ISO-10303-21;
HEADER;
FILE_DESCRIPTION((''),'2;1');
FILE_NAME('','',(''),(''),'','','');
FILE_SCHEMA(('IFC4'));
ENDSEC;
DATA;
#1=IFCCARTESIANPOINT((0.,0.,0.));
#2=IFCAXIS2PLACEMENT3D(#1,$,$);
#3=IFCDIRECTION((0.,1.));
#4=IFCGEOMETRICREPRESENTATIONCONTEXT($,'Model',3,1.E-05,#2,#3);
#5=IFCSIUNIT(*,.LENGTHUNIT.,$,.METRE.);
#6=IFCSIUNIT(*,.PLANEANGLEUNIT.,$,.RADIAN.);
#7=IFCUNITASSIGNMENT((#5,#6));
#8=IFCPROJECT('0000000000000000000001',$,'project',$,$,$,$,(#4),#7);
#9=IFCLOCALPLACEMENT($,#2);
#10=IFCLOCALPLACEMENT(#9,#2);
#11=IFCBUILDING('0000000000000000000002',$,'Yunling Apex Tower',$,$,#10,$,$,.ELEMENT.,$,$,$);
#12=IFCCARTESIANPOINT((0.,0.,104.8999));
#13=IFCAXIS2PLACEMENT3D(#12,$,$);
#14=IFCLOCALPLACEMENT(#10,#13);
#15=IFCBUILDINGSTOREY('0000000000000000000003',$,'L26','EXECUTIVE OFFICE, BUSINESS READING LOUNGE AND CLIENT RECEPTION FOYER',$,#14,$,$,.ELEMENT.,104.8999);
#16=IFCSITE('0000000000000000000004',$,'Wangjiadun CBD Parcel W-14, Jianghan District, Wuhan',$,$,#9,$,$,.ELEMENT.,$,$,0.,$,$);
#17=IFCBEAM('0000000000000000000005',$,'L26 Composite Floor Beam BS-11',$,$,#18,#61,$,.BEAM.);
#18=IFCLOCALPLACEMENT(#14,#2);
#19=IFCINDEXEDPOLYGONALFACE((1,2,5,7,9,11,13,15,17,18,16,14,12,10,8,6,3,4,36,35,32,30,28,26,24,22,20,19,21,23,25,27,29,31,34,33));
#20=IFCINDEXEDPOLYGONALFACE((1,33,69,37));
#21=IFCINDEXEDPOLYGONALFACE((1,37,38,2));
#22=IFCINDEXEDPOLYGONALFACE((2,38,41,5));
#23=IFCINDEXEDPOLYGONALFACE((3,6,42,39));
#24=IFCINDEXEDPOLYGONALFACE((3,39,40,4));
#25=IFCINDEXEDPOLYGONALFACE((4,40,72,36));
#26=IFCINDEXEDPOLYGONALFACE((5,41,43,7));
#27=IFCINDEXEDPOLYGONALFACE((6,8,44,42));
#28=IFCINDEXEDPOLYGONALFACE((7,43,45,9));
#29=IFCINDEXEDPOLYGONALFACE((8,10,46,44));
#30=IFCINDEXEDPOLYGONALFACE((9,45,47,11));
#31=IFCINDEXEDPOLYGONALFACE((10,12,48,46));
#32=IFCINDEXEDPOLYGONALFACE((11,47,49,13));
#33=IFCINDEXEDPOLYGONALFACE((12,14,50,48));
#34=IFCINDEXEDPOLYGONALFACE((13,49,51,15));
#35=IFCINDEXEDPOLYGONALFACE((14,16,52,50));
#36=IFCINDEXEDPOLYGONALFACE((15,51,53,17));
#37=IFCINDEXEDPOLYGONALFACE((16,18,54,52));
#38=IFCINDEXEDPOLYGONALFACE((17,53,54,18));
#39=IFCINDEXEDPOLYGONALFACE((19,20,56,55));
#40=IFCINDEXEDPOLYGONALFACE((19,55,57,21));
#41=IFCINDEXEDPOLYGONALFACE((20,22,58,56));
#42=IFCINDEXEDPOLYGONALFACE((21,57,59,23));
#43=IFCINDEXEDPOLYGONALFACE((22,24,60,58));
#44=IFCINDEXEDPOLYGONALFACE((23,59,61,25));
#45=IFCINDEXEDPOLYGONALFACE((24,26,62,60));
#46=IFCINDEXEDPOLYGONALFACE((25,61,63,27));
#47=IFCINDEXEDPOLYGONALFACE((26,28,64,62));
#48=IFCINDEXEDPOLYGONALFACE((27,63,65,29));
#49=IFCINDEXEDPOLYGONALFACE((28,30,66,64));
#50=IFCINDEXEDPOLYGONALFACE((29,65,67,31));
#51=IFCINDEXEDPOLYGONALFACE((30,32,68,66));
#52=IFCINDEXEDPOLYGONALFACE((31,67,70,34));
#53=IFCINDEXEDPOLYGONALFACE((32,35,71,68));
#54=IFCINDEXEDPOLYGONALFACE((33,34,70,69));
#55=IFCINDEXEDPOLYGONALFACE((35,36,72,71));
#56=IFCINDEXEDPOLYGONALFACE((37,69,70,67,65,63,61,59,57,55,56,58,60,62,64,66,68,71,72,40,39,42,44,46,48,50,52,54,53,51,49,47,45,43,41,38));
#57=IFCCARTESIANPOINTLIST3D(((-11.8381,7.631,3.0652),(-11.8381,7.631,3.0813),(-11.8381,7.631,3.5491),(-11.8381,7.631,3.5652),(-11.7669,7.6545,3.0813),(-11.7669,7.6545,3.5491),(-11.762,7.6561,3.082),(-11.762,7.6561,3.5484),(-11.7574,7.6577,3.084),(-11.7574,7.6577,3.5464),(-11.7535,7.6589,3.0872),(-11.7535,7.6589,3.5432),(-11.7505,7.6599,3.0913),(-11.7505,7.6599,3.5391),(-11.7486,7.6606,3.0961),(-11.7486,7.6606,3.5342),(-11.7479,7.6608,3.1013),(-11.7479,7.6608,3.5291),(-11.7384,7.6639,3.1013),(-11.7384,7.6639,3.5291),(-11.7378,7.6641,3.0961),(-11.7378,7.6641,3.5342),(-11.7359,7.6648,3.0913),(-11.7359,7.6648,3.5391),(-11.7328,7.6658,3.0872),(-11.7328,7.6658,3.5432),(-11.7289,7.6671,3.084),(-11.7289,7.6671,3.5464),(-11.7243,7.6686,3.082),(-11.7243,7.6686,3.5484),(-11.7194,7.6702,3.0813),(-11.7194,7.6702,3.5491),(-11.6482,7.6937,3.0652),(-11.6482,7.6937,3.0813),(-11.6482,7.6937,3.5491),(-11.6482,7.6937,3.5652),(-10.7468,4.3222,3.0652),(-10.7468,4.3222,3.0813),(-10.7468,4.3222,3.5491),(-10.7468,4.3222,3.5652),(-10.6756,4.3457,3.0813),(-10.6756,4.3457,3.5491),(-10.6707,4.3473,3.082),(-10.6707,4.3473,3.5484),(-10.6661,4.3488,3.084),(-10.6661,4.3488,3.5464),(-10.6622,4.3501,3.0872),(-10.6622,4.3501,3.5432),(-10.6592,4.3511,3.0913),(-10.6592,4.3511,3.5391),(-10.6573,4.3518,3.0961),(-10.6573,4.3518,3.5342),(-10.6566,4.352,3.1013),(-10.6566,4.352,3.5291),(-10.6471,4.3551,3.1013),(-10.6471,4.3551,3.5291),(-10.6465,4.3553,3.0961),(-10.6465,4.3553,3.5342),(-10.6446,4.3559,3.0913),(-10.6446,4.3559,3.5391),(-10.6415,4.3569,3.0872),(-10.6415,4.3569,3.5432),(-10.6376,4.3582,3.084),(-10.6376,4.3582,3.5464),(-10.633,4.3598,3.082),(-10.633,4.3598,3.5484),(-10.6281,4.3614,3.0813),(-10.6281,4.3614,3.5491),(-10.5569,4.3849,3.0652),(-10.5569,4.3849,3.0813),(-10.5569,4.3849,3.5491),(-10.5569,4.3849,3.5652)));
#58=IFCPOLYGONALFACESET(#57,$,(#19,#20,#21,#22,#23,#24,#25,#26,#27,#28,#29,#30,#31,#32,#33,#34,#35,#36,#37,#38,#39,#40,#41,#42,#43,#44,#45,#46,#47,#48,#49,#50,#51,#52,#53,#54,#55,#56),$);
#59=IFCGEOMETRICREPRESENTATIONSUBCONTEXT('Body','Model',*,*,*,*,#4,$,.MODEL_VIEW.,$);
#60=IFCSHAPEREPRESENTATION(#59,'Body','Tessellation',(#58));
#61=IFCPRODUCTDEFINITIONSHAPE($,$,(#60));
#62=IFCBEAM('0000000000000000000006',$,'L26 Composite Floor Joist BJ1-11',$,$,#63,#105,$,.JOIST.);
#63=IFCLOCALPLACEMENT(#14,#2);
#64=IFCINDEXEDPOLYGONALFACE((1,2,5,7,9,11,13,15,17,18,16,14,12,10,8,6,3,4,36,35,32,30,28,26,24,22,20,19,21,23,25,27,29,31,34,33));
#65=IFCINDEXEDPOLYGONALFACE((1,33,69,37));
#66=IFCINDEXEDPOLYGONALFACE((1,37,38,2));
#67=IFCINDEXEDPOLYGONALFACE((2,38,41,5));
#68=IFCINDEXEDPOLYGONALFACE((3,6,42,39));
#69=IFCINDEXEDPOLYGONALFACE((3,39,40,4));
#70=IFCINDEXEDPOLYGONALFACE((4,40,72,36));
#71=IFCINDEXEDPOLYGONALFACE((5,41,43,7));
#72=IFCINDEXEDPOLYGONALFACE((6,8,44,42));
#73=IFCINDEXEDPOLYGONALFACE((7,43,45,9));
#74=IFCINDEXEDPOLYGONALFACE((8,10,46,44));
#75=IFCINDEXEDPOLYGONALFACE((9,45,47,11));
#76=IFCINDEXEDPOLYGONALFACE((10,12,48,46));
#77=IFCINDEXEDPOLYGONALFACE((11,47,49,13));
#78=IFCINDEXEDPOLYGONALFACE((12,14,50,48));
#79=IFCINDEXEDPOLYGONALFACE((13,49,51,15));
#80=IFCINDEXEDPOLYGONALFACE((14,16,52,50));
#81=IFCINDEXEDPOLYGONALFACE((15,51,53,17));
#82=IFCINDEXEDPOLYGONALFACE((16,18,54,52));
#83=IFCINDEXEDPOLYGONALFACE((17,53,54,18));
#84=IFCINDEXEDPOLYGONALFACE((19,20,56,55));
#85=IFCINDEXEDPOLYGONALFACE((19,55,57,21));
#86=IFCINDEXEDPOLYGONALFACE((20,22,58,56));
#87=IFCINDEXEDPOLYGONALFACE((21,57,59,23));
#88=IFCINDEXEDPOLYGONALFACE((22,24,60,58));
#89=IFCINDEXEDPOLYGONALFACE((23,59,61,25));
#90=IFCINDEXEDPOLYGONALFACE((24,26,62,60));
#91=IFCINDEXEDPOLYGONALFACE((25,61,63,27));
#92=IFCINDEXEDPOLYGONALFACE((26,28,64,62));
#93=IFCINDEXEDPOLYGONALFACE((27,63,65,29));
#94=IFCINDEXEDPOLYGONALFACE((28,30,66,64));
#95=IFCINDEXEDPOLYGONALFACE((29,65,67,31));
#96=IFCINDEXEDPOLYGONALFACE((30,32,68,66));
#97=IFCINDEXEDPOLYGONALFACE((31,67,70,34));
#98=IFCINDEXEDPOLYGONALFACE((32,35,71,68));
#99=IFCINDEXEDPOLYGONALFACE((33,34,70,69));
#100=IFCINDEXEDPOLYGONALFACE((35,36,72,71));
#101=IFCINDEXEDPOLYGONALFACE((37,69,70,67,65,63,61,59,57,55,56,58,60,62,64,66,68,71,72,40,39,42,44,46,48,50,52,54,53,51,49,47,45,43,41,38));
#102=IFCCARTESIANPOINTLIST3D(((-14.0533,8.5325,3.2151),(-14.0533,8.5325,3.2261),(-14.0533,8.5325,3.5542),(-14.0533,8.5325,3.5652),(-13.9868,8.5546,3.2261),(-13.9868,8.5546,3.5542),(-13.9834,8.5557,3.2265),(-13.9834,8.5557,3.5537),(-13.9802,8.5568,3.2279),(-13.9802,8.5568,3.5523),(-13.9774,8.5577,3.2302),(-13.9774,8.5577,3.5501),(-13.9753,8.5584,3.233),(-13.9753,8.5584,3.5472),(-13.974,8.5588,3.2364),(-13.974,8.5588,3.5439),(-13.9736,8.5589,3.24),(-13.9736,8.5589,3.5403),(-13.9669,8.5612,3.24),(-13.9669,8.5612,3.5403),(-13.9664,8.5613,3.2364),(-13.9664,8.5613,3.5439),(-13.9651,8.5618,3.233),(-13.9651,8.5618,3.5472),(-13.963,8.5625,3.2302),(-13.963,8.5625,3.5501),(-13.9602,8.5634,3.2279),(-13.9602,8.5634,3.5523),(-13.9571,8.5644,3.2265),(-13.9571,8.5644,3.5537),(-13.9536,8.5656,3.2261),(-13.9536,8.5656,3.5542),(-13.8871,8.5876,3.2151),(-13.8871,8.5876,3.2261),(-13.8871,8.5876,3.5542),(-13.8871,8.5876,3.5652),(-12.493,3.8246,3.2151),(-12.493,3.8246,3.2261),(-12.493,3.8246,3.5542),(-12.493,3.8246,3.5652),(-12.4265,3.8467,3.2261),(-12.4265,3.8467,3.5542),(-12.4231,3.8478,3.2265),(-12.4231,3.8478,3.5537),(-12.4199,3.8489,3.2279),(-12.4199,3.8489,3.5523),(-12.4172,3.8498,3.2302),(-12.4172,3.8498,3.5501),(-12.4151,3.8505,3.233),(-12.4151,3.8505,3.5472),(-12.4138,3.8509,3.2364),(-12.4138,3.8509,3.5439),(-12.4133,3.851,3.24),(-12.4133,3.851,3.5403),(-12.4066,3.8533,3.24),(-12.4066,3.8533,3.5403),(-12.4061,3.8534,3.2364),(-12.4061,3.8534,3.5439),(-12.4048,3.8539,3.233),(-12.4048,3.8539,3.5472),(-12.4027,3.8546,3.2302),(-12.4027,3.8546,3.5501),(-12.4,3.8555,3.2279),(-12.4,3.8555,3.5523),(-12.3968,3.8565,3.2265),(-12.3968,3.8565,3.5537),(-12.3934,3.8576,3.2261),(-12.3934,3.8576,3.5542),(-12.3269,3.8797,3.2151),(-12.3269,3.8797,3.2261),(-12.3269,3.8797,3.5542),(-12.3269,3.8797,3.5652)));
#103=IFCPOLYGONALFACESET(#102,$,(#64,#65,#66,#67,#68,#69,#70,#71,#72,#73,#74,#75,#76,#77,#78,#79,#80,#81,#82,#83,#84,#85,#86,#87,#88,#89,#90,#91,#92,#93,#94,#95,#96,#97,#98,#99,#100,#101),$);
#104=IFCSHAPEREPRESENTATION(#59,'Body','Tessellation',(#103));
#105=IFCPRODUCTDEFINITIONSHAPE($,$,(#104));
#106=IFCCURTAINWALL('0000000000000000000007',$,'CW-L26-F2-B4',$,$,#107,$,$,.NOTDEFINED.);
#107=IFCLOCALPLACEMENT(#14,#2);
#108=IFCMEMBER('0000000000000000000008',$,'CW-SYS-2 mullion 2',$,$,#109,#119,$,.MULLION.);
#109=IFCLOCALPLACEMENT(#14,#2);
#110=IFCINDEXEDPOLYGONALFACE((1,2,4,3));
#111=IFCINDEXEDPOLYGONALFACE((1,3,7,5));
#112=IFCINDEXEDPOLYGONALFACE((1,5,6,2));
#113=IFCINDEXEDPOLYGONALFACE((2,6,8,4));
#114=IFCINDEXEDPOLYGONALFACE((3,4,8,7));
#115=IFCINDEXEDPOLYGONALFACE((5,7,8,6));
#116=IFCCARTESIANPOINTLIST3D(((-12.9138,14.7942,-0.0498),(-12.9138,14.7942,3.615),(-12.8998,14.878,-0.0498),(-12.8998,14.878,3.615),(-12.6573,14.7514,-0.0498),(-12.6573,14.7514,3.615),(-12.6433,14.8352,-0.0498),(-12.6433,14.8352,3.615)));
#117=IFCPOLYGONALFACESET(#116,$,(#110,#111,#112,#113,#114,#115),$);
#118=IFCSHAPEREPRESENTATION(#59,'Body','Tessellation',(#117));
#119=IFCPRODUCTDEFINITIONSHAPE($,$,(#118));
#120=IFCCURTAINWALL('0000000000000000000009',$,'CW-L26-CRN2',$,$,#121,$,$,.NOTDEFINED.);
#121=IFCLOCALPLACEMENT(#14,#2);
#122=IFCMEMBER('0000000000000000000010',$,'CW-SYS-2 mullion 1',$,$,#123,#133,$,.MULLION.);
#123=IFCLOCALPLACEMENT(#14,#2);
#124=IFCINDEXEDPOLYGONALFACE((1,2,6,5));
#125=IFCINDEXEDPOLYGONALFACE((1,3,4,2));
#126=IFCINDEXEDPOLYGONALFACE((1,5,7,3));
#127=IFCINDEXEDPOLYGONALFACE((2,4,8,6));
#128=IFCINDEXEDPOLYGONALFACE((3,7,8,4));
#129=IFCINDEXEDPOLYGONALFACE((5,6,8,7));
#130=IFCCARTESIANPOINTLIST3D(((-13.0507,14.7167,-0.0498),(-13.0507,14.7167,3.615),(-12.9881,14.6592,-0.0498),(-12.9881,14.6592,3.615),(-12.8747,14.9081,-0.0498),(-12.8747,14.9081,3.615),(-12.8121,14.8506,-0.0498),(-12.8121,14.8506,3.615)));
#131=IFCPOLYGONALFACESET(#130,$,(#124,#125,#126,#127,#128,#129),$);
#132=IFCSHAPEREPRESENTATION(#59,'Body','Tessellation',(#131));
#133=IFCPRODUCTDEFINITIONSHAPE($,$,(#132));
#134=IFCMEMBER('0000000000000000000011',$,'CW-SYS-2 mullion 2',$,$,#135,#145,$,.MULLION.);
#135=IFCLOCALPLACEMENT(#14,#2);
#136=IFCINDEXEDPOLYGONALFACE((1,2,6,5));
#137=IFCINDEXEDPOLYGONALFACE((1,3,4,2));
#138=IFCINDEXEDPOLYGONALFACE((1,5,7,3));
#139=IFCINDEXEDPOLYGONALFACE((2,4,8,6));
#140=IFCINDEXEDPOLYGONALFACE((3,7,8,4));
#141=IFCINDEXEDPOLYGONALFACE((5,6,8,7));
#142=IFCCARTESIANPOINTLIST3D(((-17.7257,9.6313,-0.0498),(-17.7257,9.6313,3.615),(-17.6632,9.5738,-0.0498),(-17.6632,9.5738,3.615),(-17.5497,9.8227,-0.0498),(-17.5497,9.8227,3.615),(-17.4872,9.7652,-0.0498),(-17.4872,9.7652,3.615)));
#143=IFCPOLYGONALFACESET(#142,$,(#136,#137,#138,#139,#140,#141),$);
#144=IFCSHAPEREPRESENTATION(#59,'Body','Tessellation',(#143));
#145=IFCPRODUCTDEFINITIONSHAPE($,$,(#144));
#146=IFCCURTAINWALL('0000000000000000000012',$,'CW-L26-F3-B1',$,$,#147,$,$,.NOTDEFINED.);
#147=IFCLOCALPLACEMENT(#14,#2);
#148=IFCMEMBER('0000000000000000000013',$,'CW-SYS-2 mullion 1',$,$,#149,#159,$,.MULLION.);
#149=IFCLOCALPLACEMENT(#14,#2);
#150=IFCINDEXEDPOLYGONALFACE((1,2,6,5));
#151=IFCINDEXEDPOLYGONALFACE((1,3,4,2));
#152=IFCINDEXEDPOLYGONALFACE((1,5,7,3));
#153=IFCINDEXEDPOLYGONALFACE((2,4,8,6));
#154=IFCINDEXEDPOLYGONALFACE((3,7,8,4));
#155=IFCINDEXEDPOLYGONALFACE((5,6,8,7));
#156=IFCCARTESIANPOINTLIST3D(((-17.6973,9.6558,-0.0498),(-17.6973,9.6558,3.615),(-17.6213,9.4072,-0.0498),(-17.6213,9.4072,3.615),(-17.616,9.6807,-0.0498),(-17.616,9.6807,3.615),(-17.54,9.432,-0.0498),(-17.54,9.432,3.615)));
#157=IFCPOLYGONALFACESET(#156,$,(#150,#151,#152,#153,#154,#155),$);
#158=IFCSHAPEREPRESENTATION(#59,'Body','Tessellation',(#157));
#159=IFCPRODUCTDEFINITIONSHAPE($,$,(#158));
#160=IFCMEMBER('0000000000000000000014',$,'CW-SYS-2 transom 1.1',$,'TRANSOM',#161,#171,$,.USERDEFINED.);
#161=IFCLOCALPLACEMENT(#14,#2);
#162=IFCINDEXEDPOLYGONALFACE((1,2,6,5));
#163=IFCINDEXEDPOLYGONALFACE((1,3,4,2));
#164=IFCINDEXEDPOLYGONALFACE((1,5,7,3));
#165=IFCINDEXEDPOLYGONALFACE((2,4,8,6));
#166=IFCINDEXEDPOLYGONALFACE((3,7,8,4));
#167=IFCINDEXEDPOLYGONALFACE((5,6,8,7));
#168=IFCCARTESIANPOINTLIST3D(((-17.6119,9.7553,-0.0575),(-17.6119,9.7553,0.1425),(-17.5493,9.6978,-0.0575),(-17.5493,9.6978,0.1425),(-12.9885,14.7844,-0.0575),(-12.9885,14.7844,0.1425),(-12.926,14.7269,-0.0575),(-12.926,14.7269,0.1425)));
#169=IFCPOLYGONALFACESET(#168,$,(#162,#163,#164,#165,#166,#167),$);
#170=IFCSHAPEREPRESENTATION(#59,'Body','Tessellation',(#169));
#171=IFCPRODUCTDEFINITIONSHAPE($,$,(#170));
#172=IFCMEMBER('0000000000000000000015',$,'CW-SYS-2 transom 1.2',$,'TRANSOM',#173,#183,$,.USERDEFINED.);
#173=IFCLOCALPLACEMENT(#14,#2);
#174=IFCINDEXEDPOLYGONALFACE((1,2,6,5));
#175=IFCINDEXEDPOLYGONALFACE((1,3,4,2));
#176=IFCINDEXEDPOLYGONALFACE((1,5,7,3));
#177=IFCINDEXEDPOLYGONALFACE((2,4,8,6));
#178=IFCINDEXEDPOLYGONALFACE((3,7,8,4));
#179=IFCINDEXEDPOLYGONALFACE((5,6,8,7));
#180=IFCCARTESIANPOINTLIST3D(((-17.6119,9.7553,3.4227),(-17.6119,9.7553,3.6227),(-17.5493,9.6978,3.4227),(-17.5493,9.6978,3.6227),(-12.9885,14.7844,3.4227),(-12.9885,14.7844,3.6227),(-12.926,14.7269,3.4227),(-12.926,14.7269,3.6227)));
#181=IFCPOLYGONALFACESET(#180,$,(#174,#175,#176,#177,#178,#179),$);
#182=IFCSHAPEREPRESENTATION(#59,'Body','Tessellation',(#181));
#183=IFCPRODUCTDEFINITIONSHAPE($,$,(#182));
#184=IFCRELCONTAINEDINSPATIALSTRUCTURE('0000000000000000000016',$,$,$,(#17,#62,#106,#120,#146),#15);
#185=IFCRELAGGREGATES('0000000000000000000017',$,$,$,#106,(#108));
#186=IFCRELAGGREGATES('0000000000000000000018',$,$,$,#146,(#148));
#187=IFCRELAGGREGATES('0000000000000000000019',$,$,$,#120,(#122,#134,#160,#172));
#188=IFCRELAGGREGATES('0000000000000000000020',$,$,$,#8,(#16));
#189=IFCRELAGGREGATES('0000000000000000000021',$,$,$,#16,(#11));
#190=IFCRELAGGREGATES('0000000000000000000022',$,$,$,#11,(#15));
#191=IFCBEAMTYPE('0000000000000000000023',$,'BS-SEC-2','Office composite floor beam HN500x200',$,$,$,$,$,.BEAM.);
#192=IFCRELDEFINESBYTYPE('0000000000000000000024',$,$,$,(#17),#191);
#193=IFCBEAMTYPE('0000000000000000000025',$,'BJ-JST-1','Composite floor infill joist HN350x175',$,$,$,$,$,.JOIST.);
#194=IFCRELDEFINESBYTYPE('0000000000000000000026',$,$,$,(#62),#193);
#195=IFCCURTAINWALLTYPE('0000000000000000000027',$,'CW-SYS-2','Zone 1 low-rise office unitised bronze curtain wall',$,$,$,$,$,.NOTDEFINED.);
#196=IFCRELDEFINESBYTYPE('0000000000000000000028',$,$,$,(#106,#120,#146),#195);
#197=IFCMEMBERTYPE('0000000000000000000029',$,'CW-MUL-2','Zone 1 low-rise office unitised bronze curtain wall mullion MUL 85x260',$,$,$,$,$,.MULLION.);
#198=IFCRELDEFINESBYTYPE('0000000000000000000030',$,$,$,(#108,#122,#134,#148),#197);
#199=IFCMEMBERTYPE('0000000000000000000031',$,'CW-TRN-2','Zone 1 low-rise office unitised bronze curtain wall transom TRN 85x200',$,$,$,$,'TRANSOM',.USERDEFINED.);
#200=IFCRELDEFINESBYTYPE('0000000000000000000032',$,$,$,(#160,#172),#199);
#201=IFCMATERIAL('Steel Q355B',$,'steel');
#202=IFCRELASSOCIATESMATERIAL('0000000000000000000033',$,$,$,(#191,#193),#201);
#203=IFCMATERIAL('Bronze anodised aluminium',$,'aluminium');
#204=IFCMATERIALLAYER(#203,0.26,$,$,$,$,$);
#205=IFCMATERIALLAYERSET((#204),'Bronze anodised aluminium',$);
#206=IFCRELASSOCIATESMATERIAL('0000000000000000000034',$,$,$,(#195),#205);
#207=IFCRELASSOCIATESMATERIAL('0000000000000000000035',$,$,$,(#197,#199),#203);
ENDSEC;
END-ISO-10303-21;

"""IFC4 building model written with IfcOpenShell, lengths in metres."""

from ifc_helpers import new_model, si_unit, direction, frame, origin, origin_2d, place, context, subcontext, project, spatial, rectangle, i_section, extrude, source, transform, mapped, material, layer, layer_set, material_profile, profile_set, type_object, element, aggregate, save


model = new_model("IFC4")

# Units and contexts
model_context = context("Model", 3, precision=1e-05, world=origin(), true_north=direction((0.0, 1.0)))
body_context = subcontext(model_context, "Body", "Model", "MODEL_VIEW")
ifc_project = project(units=[si_unit("LENGTHUNIT", "METRE"), si_unit("PLANEANGLEUNIT", "RADIAN")], contexts=[model_context])

# Site, building, storey
site_placement = place(None, origin())
site = spatial("IfcSite", under=ifc_project, at=site_placement, Name="Wangjiadun CBD Parcel W-14, Jianghan District, Wuhan", CompositionType="ELEMENT", RefElevation=0.0)
building_placement = place(site_placement, origin())
building = spatial("IfcBuilding", under=site, at=building_placement, Name="Yunling Apex Tower", CompositionType="ELEMENT")
storey_placement = place(building_placement, frame((0.0, 0.0, 104.8999)))
storey = spatial("IfcBuildingStorey", under=building, at=storey_placement, Name="L26", Description="EXECUTIVE OFFICE, BUSINESS READING LOUNGE AND CLIENT RECEPTION FOYER", CompositionType="ELEMENT", Elevation=104.8999)

# Beams
ifc_material_1 = material(Name="Steel Q355B", Category="steel")
ifc_material_profile_1 = material_profile(ifc_material_1, i_section(OverallWidth=0.2, OverallDepth=0.5, WebThickness=0.01, FlangeThickness=0.0161, FilletRadius=0.02, at=origin_2d()))
ifc_profile_set_1 = profile_set([ifc_material_profile_1], Name="Steel Q355B")
beam_type_1 = type_object("IfcBeamType", Name="BS-SEC-2", Description="Office composite floor beam HN500x200", PredefinedType="BEAM", material=ifc_profile_set_1)
shared_shape_1 = source(origin(), body_context, "Body", "SweptSolid", [
    extrude(i_section(OverallWidth=0.2, OverallDepth=0.5, WebThickness=0.01, FlangeThickness=0.0161, FilletRadius=0.02, at=origin_2d()), origin(), (0.0, 0.0, 1.0), 3.4841),
])
beam_1_placement = place(storey_placement, frame((-11.7432, 7.6624, 3.3152), z_axis=(0.31322, -0.949681, 0.0), x_axis=(0.949681, 0.31322, 0.0)))
element("IfcBeam", 1, at=beam_1_placement, inside=storey, type_object=beam_type_1, Name="L26 Composite Floor Beam BS-11", PredefinedType="BEAM", context=body_context, shape_type="MappedRepresentation", body=[
    mapped(shared_shape_1, transform((0.0, 0.0, 0.0), scale=1.0)),
])
ifc_material_profile_2 = material_profile(ifc_material_1, i_section(OverallWidth=0.175, OverallDepth=0.3501, WebThickness=0.0071, FlangeThickness=0.011, FilletRadius=0.0139, at=origin_2d()))
ifc_profile_set_2 = profile_set([ifc_material_profile_2], Name="Steel Q355B")
beam_type_2 = type_object("IfcBeamType", Name="BJ-JST-1", Description="Composite floor infill joist HN350x175", PredefinedType="JOIST", material=ifc_profile_set_2)
shared_shape_2 = source(origin(), body_context, "Body", "SweptSolid", [
    extrude(i_section(OverallWidth=0.175, OverallDepth=0.3501, WebThickness=0.0071, FlangeThickness=0.011, FilletRadius=0.0139, at=origin_2d()), origin(), (0.0, 0.0, 1.0), 4.9597),
])
beam_2_placement = place(storey_placement, frame((-13.9702, 8.5601, 3.3901), z_axis=(0.314588, -0.949228, 0.0), x_axis=(0.949228, 0.314588, 0.0)))
element("IfcBeam", 2, at=beam_2_placement, inside=storey, type_object=beam_type_2, Name="L26 Composite Floor Joist BJ1-11", PredefinedType="JOIST", context=body_context, shape_type="MappedRepresentation", body=[
    mapped(shared_shape_2, transform((0.0, 0.0, 0.0), scale=1.0)),
])

# Curtain wall, member
ifc_material_2 = material(Name="Bronze anodised aluminium", Category="aluminium")
ifc_layer_1 = layer(ifc_material_2, 0.26)
ifc_layer_set_1 = layer_set([ifc_layer_1], Name="Bronze anodised aluminium")
curtain_wall_type = type_object("IfcCurtainWallType", Name="CW-SYS-2", Description="Zone 1 low-rise office unitised bronze curtain wall", PredefinedType="NOTDEFINED", material=ifc_layer_set_1)
curtain_wall_1_placement = place(storey_placement, origin())
curtain_wall_1 = element("IfcCurtainWall", 3, at=curtain_wall_1_placement, inside=storey, type_object=curtain_wall_type, Name="CW-L26-F2-B4", PredefinedType="NOTDEFINED")
ifc_material_profile_3 = material_profile(ifc_material_2, rectangle(XDim=0.085, YDim=0.26, at=origin_2d()))
ifc_profile_set_3 = profile_set([ifc_material_profile_3], Name="Bronze anodised aluminium")
member_type_1 = type_object("IfcMemberType", Name="CW-MUL-2", Description="Zone 1 low-rise office unitised bronze curtain wall mullion MUL 85x260", PredefinedType="MULLION", material=ifc_profile_set_3)
shared_shape_3 = source(origin(), body_context, "Body", "SweptSolid", [
    extrude(rectangle(XDim=0.085, YDim=0.26, at=origin_2d()), origin(), (0.0, 0.0, 1.0), 3.6648),
])
member_1_placement = place(storey_placement, frame((-12.7786, 14.8147, -0.0498), z_axis=(0.0, 0.0, 1.0), x_axis=(-0.16436, -0.9864, 0.0)))
member_1 = element("IfcMember", 4, at=member_1_placement, type_object=member_type_1, Name="CW-SYS-2 mullion 2", PredefinedType="MULLION", context=body_context, shape_type="MappedRepresentation", body=[
    mapped(shared_shape_3, transform((0.0, 0.0, 0.0), scale=1.0)),
])
aggregate(curtain_wall_1, [member_1])

# Curtain wall, members
curtain_wall_2_placement = place(storey_placement, origin())
curtain_wall_2 = element("IfcCurtainWall", 5, at=curtain_wall_2_placement, inside=storey, type_object=curtain_wall_type, Name="CW-L26-CRN2", PredefinedType="NOTDEFINED")
member_2_placement = place(storey_placement, frame((-12.9314, 14.7837, -0.0498), z_axis=(0.0, 0.0, 1.0), x_axis=(0.736185, -0.676781, 0.0)))
member_2 = element("IfcMember", 6, at=member_2_placement, type_object=member_type_1, Name="CW-SYS-2 mullion 1", PredefinedType="MULLION", context=body_context, shape_type="MappedRepresentation", body=[
    mapped(shared_shape_3, transform((0.0, 0.0, 0.0), scale=1.0)),
])
member_3_placement = place(storey_placement, frame((-17.6064, 9.6982, -0.0498), z_axis=(0.0, 0.0, 1.0), x_axis=(0.736185, -0.676781, 0.0)))
member_3 = element("IfcMember", 7, at=member_3_placement, type_object=member_type_1, Name="CW-SYS-2 mullion 2", PredefinedType="MULLION", context=body_context, shape_type="MappedRepresentation", body=[
    mapped(shared_shape_3, transform((0.0, 0.0, 0.0), scale=1.0)),
])

# Curtain wall, member
curtain_wall_3_placement = place(storey_placement, origin())
curtain_wall_3 = element("IfcCurtainWall", 8, at=curtain_wall_3_placement, inside=storey, type_object=curtain_wall_type, Name="CW-L26-F3-B1", PredefinedType="NOTDEFINED")
member_4_placement = place(storey_placement, frame((-17.6187, 9.5439, -0.0498), z_axis=(0.0, 0.0, 1.0), x_axis=(0.956304, 0.292373, 0.0)))
member_4 = element("IfcMember", 9, at=member_4_placement, type_object=member_type_1, Name="CW-SYS-2 mullion 1", PredefinedType="MULLION", context=body_context, shape_type="MappedRepresentation", body=[
    mapped(shared_shape_3, transform((0.0, 0.0, 0.0), scale=1.0)),
])

# Members
ifc_material_profile_4 = material_profile(ifc_material_2, rectangle(XDim=0.085, YDim=0.2, at=origin_2d()))
ifc_profile_set_4 = profile_set([ifc_material_profile_4], Name="Bronze anodised aluminium")
member_type_2 = type_object("IfcMemberType", Name="CW-TRN-2", Description="Zone 1 low-rise office unitised bronze curtain wall transom TRN 85x200", ElementType="TRANSOM", PredefinedType="USERDEFINED", material=ifc_profile_set_4)
shared_shape_4 = source(origin(), body_context, "Body", "SweptSolid", [
    extrude(rectangle(XDim=0.085, YDim=0.2, at=origin_2d()), origin(), (0.0, 0.0, 1.0), 6.8313),
])
member_5_placement = place(storey_placement, frame((-12.9573, 14.7556, 0.0425), z_axis=(-0.676784, -0.736182, 0.0), x_axis=(0.736182, -0.676784, 0.0)))
member_5 = element("IfcMember", 10, at=member_5_placement, type_object=member_type_2, Name="CW-SYS-2 transom 1.1", ObjectType="TRANSOM", PredefinedType="USERDEFINED", context=body_context, shape_type="MappedRepresentation", body=[
    mapped(shared_shape_4, transform((0.0, 0.0, 0.0), scale=1.0)),
])
member_6_placement = place(storey_placement, frame((-12.9573, 14.7556, 3.5227), z_axis=(-0.676784, -0.736182, 0.0), x_axis=(0.736182, -0.676784, 0.0)))
member_6 = element("IfcMember", 11, at=member_6_placement, type_object=member_type_2, Name="CW-SYS-2 transom 1.2", ObjectType="TRANSOM", PredefinedType="USERDEFINED", context=body_context, shape_type="MappedRepresentation", body=[
    mapped(shared_shape_4, transform((0.0, 0.0, 0.0), scale=1.0)),
])
aggregate(curtain_wall_3, [member_4])

aggregate(curtain_wall_2, [member_2, member_3, member_5, member_6])

save(model, "model.ifc")
